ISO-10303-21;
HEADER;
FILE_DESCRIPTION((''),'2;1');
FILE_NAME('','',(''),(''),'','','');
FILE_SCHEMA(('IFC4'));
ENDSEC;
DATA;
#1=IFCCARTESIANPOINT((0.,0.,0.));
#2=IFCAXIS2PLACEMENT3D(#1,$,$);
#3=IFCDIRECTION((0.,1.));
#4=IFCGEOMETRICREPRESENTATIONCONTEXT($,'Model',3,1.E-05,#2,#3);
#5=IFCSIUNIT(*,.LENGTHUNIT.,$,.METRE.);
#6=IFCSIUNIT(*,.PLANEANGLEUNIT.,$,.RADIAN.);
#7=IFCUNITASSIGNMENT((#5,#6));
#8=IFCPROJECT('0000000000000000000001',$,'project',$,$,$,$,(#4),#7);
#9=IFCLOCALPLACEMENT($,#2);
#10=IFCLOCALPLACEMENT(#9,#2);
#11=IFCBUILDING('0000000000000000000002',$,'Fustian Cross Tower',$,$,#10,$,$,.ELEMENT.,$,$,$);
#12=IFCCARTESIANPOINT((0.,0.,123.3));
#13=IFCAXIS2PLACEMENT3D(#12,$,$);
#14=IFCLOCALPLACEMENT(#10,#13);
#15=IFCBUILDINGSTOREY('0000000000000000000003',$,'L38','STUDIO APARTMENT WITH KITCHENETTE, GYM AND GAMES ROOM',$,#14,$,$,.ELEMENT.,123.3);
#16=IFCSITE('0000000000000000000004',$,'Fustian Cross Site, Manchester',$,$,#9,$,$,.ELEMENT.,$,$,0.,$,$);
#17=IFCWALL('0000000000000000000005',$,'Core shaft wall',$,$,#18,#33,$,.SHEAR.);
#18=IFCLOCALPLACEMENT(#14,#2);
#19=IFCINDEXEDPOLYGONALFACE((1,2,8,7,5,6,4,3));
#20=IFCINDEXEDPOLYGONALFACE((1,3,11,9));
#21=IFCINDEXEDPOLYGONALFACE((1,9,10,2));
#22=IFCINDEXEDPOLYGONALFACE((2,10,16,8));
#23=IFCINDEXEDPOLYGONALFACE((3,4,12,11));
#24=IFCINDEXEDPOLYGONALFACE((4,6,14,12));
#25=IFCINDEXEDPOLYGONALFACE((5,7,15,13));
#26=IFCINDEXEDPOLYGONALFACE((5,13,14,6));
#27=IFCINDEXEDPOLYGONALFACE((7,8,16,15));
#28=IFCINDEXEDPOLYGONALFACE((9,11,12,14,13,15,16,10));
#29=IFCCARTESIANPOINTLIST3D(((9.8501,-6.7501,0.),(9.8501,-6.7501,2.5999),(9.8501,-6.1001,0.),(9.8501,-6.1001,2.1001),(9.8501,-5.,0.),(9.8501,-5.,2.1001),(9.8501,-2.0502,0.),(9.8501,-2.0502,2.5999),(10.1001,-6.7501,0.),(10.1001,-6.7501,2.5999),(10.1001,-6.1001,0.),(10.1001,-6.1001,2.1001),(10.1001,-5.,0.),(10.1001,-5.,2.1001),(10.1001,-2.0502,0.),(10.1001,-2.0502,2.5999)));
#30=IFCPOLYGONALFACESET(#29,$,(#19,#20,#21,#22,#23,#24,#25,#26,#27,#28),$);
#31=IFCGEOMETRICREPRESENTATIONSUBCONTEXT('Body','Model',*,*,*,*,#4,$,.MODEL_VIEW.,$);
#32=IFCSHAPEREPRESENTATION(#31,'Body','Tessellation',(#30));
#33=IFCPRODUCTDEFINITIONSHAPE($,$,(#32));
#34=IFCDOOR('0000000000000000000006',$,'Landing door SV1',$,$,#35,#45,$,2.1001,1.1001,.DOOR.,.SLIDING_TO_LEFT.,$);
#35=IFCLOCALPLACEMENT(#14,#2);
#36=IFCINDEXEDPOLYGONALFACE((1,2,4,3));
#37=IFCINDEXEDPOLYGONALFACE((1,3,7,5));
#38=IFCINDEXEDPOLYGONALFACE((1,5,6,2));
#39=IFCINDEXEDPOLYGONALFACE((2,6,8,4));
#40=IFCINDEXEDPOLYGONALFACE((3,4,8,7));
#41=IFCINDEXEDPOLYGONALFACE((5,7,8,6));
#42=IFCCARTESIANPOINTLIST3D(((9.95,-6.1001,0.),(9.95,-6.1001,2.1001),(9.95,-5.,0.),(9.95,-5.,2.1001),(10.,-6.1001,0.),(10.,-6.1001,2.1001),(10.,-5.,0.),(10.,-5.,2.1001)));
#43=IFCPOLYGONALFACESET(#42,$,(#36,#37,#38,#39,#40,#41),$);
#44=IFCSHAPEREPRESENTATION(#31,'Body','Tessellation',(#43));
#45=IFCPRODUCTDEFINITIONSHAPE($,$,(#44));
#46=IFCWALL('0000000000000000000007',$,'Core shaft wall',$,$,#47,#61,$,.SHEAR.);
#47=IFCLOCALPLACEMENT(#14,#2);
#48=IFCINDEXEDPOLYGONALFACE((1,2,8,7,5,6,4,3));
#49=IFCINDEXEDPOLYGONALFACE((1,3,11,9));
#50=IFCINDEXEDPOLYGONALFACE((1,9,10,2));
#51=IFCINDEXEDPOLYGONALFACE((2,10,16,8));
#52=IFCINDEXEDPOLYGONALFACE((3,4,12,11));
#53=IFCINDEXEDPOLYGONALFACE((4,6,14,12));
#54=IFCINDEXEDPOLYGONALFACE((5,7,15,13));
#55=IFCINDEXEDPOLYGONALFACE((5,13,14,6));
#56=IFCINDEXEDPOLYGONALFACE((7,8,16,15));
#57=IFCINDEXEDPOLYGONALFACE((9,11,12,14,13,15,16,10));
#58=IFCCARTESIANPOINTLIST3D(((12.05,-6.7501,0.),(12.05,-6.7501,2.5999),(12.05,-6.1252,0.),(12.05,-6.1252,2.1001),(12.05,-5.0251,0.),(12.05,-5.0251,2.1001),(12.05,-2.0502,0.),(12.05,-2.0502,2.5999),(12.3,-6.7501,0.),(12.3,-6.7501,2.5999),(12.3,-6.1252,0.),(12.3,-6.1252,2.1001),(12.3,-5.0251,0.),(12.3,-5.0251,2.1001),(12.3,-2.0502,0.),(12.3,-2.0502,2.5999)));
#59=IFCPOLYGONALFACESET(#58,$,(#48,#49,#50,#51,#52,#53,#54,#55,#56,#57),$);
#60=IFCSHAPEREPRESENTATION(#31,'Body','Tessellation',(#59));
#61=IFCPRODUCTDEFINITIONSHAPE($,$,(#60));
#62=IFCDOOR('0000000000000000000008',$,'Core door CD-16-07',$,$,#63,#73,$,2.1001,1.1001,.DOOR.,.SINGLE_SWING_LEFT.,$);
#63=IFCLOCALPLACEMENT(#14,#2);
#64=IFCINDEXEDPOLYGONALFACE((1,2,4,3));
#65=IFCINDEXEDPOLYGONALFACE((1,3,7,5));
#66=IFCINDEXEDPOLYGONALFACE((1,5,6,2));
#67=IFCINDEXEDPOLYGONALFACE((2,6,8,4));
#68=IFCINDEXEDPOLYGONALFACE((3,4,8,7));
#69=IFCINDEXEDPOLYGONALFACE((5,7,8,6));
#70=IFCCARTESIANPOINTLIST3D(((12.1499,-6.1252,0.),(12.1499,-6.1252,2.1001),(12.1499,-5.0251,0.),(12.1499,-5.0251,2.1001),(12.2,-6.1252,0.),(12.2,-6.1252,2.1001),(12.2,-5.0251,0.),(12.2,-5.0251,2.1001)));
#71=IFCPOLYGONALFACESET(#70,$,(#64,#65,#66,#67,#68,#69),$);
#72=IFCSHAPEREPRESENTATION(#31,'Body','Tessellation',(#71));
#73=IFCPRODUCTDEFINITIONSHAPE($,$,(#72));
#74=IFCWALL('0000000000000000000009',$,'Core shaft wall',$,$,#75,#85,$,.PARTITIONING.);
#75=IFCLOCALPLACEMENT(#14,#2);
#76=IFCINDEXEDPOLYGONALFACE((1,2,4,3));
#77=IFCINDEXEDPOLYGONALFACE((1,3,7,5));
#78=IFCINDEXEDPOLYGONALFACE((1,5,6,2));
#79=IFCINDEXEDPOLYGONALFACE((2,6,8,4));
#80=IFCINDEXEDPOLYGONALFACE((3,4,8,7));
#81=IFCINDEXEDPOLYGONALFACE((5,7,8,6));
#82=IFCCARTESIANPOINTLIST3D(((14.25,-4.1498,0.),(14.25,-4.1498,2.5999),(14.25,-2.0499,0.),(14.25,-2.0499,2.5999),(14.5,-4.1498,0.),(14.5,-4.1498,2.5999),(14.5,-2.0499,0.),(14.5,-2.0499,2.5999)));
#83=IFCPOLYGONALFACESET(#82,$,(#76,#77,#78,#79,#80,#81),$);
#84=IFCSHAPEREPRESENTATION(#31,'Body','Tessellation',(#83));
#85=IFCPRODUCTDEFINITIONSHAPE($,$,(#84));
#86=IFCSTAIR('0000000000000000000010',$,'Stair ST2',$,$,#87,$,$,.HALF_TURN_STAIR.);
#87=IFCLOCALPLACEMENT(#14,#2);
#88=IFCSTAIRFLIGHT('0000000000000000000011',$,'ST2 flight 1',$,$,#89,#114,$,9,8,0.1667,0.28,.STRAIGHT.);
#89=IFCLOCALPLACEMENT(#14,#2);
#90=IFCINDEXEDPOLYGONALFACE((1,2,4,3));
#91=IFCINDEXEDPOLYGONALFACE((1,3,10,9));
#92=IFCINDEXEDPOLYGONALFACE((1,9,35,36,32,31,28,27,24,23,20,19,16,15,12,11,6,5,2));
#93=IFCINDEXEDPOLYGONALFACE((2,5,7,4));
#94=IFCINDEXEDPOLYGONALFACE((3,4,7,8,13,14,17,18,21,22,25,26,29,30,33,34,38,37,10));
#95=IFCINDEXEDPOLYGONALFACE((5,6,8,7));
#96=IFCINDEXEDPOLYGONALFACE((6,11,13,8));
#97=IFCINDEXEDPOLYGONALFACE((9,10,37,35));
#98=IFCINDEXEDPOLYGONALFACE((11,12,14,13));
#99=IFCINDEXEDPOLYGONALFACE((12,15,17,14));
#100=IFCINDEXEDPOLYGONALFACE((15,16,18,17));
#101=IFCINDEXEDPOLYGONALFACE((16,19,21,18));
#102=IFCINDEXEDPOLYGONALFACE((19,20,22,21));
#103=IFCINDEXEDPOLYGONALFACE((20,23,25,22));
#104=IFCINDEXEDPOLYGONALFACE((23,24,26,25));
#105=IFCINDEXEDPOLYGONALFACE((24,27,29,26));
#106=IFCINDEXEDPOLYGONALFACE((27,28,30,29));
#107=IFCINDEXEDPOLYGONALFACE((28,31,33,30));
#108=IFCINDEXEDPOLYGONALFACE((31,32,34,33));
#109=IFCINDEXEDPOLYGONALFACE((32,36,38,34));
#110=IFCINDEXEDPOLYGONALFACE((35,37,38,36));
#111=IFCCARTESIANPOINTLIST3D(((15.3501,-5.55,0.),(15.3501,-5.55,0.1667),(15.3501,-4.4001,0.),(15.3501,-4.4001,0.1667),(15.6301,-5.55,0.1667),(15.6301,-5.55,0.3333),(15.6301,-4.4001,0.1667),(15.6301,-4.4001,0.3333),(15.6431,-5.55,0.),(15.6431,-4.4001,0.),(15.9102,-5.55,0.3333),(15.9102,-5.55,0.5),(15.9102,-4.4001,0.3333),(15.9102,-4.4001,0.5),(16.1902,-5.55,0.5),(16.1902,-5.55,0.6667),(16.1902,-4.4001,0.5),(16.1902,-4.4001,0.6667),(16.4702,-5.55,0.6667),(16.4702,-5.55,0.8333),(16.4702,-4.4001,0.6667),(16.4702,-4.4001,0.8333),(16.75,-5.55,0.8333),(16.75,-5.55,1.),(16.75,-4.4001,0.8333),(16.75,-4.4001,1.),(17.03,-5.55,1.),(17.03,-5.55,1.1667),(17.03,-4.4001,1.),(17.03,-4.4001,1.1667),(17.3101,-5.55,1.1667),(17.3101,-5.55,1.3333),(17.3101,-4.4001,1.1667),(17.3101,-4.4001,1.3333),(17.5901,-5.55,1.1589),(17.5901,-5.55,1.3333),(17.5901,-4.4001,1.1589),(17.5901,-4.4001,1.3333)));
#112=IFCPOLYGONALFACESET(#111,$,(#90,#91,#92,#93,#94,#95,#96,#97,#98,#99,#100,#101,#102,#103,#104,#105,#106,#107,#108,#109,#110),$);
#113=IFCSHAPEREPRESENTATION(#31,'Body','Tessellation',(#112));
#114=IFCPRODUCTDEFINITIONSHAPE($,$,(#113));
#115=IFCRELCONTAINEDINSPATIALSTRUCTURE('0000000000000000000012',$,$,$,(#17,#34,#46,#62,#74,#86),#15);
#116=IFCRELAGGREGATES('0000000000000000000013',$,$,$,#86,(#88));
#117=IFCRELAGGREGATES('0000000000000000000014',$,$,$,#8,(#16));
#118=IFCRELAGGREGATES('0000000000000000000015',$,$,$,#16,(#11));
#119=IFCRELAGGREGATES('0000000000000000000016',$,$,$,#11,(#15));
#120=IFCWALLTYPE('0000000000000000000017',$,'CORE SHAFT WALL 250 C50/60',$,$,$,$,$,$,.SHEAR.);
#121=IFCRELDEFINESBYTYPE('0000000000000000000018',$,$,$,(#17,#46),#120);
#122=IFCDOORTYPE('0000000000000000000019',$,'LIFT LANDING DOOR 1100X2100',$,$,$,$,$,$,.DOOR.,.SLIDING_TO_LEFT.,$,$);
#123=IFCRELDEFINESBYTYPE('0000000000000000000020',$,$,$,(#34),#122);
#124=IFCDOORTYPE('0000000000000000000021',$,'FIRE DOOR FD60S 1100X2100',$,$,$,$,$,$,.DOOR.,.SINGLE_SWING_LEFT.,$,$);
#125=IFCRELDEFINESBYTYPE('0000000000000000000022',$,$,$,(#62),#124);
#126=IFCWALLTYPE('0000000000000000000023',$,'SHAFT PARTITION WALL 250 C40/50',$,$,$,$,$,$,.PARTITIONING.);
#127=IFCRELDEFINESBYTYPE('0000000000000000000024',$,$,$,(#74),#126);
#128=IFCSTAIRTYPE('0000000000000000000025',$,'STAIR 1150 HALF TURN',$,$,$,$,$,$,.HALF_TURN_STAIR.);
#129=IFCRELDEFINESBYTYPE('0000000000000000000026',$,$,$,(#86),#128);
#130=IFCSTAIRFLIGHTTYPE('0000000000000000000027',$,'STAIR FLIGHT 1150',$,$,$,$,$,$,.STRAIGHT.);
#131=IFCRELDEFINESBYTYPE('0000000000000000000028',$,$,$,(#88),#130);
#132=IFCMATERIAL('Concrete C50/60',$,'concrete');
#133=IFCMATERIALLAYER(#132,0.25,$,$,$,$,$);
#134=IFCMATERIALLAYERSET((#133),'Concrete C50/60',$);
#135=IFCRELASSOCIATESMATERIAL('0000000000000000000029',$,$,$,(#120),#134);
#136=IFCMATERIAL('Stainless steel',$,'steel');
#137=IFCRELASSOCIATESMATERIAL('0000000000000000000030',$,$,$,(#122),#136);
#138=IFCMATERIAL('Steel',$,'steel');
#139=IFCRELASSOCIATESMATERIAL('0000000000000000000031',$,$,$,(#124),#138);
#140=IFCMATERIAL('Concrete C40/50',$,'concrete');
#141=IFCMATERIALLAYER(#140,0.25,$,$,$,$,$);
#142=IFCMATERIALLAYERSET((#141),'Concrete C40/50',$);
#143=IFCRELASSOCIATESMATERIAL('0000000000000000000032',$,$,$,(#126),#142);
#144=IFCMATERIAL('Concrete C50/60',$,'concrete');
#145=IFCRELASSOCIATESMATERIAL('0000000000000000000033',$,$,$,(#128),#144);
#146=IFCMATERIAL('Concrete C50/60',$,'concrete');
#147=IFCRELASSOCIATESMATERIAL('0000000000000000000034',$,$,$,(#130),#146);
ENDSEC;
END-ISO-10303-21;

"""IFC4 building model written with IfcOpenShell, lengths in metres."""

from ifc_helpers import new_model, si_unit, direction, frame, frame_2d, origin, place, context, subcontext, project, spatial, polyline, rectangle, outline, extrude, material, layer, layer_set, type_object, element, fill, aggregate, save


model = new_model("IFC4")

# Units and contexts
model_context = context("Model", 3, precision=1e-05, world=origin(), true_north=direction((0.0, 1.0)))
body_context = subcontext(model_context, "Body", "Model", "MODEL_VIEW")
ifc_project = project(units=[si_unit("LENGTHUNIT", "METRE"), si_unit("PLANEANGLEUNIT", "RADIAN")], contexts=[model_context])

# Site, building, storey
site_placement = place(None, origin())
site = spatial("IfcSite", under=ifc_project, at=site_placement, Name="Fustian Cross Site, Manchester", CompositionType="ELEMENT", RefElevation=0.0)
building_placement = place(site_placement, origin())
building = spatial("IfcBuilding", under=site, at=building_placement, Name="Fustian Cross Tower", CompositionType="ELEMENT")
storey_placement = place(building_placement, frame((0.0, 0.0, 123.3)))
storey = spatial("IfcBuildingStorey", under=building, at=storey_placement, Name="L38", Description="STUDIO APARTMENT WITH KITCHENETTE, GYM AND GAMES ROOM", CompositionType="ELEMENT", Elevation=123.3)

# Shared definitions
ifc_material_1 = material(Name="Concrete C50/60", Category="concrete")
ifc_layer_1 = layer(ifc_material_1, 0.25)
ifc_layer_set_1 = layer_set([ifc_layer_1], Name="Concrete C50/60")
wall_type_1 = type_object("IfcWallType", Name="CORE SHAFT WALL 250 C50/60", PredefinedType="SHEAR", material=ifc_layer_set_1)

# Walls, openings, doors
wall_1_placement = place(storey_placement, frame((9.9751, -2.05, 0.0), z_axis=(0.0, 0.0, 1.0), x_axis=(0.0, -1.0, 0.0)))
wall_1 = element("IfcWall", 1, at=wall_1_placement, inside=storey, type_object=wall_type_1, Name="Core shaft wall", PredefinedType="SHEAR", context=body_context, shape_type="SweptSolid", body=[
    extrude(rectangle(XDim=4.7, YDim=0.25, at=frame_2d((2.3501, 0.0))), origin(), (0.0, 0.0, 1.0), 2.5999),
])
opening_1_placement = place(wall_1_placement, frame((2.95, 0.0, 0.0)))
opening_1 = element("IfcOpeningElement", 2, at=opening_1_placement, cuts=wall_1, PredefinedType="OPENING", context=body_context, shape_type="SweptSolid", body=[
    extrude(rectangle(XDim=1.1001, YDim=2.1001, at=frame_2d((0.55, 1.05))), frame((0.0, 0.135, 0.0), z_axis=(0.0, -1.0, 0.0), x_axis=(1.0, 0.0, 0.0)), (0.0, 0.0, 1.0), 0.27),
])
ifc_material_2 = material(Name="Stainless steel", Category="steel")
door_type_1 = type_object("IfcDoorType", Name="LIFT LANDING DOOR 1100X2100", OperationType="SLIDING_TO_LEFT", PredefinedType="DOOR", material=ifc_material_2)
door_1_placement = place(opening_1_placement, origin())
door_1 = element("IfcDoor", 3, at=door_1_placement, inside=storey, type_object=door_type_1, Name="Landing door SV1", OperationType="SLIDING_TO_LEFT", OverallHeight=2.1001, OverallWidth=1.1001, PredefinedType="DOOR", context=body_context, shape_type="SweptSolid", body=[
    extrude(rectangle(XDim=1.1001, YDim=2.1001, at=frame_2d((0.55, 1.05))), frame((0.0, 0.0249, 0.0), z_axis=(0.0, -1.0, 0.0), x_axis=(1.0, 0.0, 0.0)), (0.0, 0.0, 1.0), 0.05),
])
fill(opening_1, door_1)
wall_2_placement = place(storey_placement, frame((12.175, -2.05, 0.0), z_axis=(0.0, 0.0, 1.0), x_axis=(0.0, -1.0, 0.0)))
wall_2 = element("IfcWall", 4, at=wall_2_placement, inside=storey, type_object=wall_type_1, Name="Core shaft wall", PredefinedType="SHEAR", context=body_context, shape_type="SweptSolid", body=[
    extrude(rectangle(XDim=4.7, YDim=0.25, at=frame_2d((2.3501, 0.0))), origin(), (0.0, 0.0, 1.0), 2.5999),
])
opening_2_placement = place(wall_2_placement, frame((2.9751, 0.0, 0.0)))
opening_2 = element("IfcOpeningElement", 5, at=opening_2_placement, cuts=wall_2, PredefinedType="OPENING", context=body_context, shape_type="SweptSolid", body=[
    extrude(rectangle(XDim=1.1001, YDim=2.1001, at=frame_2d((0.55, 1.05))), frame((0.0, 0.135, 0.0), z_axis=(0.0, -1.0, 0.0), x_axis=(1.0, 0.0, 0.0)), (0.0, 0.0, 1.0), 0.27),
])
ifc_material_3 = material(Name="Steel", Category="steel")
door_type_2 = type_object("IfcDoorType", Name="FIRE DOOR FD60S 1100X2100", OperationType="SINGLE_SWING_LEFT", PredefinedType="DOOR", material=ifc_material_3)
door_2_placement = place(opening_2_placement, origin())
door_2 = element("IfcDoor", 6, at=door_2_placement, inside=storey, type_object=door_type_2, Name="Core door CD-16-07", OperationType="SINGLE_SWING_LEFT", OverallHeight=2.1001, OverallWidth=1.1001, PredefinedType="DOOR", context=body_context, shape_type="SweptSolid", body=[
    extrude(rectangle(XDim=1.1001, YDim=2.1001, at=frame_2d((0.55, 1.05))), frame((0.0, 0.0249, 0.0), z_axis=(0.0, -1.0, 0.0), x_axis=(1.0, 0.0, 0.0)), (0.0, 0.0, 1.0), 0.05),
])
fill(opening_2, door_2)

# Wall
ifc_material_4 = material(Name="Concrete C40/50", Category="concrete")
ifc_layer_2 = layer(ifc_material_4, 0.25)
ifc_layer_set_2 = layer_set([ifc_layer_2], Name="Concrete C40/50")
wall_type_2 = type_object("IfcWallType", Name="SHAFT PARTITION WALL 250 C40/50", PredefinedType="PARTITIONING", material=ifc_layer_set_2)
wall_3_placement = place(storey_placement, frame((14.375, -2.05, 0.0), z_axis=(0.0, 0.0, 1.0), x_axis=(0.0, -1.0, 0.0)))
element("IfcWall", 7, at=wall_3_placement, inside=storey, type_object=wall_type_2, Name="Core shaft wall", PredefinedType="PARTITIONING", context=body_context, shape_type="SweptSolid", body=[
    extrude(rectangle(XDim=2.0999, YDim=0.25, at=frame_2d((1.0498, 0.0))), origin(), (0.0, 0.0, 1.0), 2.5999),
])

# Stair, stair flight
ifc_material_5 = material(Name="Concrete C50/60", Category="concrete")
stair_type = type_object("IfcStairType", Name="STAIR 1150 HALF TURN", PredefinedType="HALF_TURN_STAIR", material=ifc_material_5)
stair_placement = place(storey_placement, origin())
stair = element("IfcStair", 8, at=stair_placement, inside=storey, type_object=stair_type, Name="Stair ST2", PredefinedType="HALF_TURN_STAIR")
ifc_material_6 = material(Name="Concrete C50/60", Category="concrete")
stair_flight_type = type_object("IfcStairFlightType", Name="STAIR FLIGHT 1150", PredefinedType="STRAIGHT", material=ifc_material_6)
stair_flight_placement = place(storey_placement, frame((15.3501, -4.9751, 0.0), z_axis=(0.0, 0.0, 1.0), x_axis=(1.0, 0.0, 0.0)))
stair_flight = element("IfcStairFlight", 9, at=stair_flight_placement, type_object=stair_flight_type, Name="ST2 flight 1", NumberOfRisers=9, NumberOfTreads=8, PredefinedType="STRAIGHT", RiserHeight=0.1667, TreadLength=0.28, context=body_context, shape_type="SweptSolid", body=[
    extrude(outline(polyline([(0.0, 0.0), (0.0, 0.1667), (0.28, 0.1667), (0.28, 0.3333), (0.5601, 0.3333), (0.5601, 0.5), (0.8401, 0.5), (0.8401, 0.6667), (1.1201, 0.6667), (1.1201, 0.8333), (1.3999, 0.8333), (1.3999, 1.0), (1.6799, 1.0), (1.6799, 1.1667), (1.96, 1.1667), (1.96, 1.3333), (2.24, 1.3333), (2.24, 1.5), (2.24, 1.1589), (0.293, 0.0), (0.0, 0.0)])), frame((0.0, 0.575, 0.0), z_axis=(0.0, -1.0, 0.0), x_axis=(1.0, 0.0, 0.0)), (0.0, 0.0, 1.0), 1.1499),
])
aggregate(stair, [stair_flight])

save(model, "model.ifc")
